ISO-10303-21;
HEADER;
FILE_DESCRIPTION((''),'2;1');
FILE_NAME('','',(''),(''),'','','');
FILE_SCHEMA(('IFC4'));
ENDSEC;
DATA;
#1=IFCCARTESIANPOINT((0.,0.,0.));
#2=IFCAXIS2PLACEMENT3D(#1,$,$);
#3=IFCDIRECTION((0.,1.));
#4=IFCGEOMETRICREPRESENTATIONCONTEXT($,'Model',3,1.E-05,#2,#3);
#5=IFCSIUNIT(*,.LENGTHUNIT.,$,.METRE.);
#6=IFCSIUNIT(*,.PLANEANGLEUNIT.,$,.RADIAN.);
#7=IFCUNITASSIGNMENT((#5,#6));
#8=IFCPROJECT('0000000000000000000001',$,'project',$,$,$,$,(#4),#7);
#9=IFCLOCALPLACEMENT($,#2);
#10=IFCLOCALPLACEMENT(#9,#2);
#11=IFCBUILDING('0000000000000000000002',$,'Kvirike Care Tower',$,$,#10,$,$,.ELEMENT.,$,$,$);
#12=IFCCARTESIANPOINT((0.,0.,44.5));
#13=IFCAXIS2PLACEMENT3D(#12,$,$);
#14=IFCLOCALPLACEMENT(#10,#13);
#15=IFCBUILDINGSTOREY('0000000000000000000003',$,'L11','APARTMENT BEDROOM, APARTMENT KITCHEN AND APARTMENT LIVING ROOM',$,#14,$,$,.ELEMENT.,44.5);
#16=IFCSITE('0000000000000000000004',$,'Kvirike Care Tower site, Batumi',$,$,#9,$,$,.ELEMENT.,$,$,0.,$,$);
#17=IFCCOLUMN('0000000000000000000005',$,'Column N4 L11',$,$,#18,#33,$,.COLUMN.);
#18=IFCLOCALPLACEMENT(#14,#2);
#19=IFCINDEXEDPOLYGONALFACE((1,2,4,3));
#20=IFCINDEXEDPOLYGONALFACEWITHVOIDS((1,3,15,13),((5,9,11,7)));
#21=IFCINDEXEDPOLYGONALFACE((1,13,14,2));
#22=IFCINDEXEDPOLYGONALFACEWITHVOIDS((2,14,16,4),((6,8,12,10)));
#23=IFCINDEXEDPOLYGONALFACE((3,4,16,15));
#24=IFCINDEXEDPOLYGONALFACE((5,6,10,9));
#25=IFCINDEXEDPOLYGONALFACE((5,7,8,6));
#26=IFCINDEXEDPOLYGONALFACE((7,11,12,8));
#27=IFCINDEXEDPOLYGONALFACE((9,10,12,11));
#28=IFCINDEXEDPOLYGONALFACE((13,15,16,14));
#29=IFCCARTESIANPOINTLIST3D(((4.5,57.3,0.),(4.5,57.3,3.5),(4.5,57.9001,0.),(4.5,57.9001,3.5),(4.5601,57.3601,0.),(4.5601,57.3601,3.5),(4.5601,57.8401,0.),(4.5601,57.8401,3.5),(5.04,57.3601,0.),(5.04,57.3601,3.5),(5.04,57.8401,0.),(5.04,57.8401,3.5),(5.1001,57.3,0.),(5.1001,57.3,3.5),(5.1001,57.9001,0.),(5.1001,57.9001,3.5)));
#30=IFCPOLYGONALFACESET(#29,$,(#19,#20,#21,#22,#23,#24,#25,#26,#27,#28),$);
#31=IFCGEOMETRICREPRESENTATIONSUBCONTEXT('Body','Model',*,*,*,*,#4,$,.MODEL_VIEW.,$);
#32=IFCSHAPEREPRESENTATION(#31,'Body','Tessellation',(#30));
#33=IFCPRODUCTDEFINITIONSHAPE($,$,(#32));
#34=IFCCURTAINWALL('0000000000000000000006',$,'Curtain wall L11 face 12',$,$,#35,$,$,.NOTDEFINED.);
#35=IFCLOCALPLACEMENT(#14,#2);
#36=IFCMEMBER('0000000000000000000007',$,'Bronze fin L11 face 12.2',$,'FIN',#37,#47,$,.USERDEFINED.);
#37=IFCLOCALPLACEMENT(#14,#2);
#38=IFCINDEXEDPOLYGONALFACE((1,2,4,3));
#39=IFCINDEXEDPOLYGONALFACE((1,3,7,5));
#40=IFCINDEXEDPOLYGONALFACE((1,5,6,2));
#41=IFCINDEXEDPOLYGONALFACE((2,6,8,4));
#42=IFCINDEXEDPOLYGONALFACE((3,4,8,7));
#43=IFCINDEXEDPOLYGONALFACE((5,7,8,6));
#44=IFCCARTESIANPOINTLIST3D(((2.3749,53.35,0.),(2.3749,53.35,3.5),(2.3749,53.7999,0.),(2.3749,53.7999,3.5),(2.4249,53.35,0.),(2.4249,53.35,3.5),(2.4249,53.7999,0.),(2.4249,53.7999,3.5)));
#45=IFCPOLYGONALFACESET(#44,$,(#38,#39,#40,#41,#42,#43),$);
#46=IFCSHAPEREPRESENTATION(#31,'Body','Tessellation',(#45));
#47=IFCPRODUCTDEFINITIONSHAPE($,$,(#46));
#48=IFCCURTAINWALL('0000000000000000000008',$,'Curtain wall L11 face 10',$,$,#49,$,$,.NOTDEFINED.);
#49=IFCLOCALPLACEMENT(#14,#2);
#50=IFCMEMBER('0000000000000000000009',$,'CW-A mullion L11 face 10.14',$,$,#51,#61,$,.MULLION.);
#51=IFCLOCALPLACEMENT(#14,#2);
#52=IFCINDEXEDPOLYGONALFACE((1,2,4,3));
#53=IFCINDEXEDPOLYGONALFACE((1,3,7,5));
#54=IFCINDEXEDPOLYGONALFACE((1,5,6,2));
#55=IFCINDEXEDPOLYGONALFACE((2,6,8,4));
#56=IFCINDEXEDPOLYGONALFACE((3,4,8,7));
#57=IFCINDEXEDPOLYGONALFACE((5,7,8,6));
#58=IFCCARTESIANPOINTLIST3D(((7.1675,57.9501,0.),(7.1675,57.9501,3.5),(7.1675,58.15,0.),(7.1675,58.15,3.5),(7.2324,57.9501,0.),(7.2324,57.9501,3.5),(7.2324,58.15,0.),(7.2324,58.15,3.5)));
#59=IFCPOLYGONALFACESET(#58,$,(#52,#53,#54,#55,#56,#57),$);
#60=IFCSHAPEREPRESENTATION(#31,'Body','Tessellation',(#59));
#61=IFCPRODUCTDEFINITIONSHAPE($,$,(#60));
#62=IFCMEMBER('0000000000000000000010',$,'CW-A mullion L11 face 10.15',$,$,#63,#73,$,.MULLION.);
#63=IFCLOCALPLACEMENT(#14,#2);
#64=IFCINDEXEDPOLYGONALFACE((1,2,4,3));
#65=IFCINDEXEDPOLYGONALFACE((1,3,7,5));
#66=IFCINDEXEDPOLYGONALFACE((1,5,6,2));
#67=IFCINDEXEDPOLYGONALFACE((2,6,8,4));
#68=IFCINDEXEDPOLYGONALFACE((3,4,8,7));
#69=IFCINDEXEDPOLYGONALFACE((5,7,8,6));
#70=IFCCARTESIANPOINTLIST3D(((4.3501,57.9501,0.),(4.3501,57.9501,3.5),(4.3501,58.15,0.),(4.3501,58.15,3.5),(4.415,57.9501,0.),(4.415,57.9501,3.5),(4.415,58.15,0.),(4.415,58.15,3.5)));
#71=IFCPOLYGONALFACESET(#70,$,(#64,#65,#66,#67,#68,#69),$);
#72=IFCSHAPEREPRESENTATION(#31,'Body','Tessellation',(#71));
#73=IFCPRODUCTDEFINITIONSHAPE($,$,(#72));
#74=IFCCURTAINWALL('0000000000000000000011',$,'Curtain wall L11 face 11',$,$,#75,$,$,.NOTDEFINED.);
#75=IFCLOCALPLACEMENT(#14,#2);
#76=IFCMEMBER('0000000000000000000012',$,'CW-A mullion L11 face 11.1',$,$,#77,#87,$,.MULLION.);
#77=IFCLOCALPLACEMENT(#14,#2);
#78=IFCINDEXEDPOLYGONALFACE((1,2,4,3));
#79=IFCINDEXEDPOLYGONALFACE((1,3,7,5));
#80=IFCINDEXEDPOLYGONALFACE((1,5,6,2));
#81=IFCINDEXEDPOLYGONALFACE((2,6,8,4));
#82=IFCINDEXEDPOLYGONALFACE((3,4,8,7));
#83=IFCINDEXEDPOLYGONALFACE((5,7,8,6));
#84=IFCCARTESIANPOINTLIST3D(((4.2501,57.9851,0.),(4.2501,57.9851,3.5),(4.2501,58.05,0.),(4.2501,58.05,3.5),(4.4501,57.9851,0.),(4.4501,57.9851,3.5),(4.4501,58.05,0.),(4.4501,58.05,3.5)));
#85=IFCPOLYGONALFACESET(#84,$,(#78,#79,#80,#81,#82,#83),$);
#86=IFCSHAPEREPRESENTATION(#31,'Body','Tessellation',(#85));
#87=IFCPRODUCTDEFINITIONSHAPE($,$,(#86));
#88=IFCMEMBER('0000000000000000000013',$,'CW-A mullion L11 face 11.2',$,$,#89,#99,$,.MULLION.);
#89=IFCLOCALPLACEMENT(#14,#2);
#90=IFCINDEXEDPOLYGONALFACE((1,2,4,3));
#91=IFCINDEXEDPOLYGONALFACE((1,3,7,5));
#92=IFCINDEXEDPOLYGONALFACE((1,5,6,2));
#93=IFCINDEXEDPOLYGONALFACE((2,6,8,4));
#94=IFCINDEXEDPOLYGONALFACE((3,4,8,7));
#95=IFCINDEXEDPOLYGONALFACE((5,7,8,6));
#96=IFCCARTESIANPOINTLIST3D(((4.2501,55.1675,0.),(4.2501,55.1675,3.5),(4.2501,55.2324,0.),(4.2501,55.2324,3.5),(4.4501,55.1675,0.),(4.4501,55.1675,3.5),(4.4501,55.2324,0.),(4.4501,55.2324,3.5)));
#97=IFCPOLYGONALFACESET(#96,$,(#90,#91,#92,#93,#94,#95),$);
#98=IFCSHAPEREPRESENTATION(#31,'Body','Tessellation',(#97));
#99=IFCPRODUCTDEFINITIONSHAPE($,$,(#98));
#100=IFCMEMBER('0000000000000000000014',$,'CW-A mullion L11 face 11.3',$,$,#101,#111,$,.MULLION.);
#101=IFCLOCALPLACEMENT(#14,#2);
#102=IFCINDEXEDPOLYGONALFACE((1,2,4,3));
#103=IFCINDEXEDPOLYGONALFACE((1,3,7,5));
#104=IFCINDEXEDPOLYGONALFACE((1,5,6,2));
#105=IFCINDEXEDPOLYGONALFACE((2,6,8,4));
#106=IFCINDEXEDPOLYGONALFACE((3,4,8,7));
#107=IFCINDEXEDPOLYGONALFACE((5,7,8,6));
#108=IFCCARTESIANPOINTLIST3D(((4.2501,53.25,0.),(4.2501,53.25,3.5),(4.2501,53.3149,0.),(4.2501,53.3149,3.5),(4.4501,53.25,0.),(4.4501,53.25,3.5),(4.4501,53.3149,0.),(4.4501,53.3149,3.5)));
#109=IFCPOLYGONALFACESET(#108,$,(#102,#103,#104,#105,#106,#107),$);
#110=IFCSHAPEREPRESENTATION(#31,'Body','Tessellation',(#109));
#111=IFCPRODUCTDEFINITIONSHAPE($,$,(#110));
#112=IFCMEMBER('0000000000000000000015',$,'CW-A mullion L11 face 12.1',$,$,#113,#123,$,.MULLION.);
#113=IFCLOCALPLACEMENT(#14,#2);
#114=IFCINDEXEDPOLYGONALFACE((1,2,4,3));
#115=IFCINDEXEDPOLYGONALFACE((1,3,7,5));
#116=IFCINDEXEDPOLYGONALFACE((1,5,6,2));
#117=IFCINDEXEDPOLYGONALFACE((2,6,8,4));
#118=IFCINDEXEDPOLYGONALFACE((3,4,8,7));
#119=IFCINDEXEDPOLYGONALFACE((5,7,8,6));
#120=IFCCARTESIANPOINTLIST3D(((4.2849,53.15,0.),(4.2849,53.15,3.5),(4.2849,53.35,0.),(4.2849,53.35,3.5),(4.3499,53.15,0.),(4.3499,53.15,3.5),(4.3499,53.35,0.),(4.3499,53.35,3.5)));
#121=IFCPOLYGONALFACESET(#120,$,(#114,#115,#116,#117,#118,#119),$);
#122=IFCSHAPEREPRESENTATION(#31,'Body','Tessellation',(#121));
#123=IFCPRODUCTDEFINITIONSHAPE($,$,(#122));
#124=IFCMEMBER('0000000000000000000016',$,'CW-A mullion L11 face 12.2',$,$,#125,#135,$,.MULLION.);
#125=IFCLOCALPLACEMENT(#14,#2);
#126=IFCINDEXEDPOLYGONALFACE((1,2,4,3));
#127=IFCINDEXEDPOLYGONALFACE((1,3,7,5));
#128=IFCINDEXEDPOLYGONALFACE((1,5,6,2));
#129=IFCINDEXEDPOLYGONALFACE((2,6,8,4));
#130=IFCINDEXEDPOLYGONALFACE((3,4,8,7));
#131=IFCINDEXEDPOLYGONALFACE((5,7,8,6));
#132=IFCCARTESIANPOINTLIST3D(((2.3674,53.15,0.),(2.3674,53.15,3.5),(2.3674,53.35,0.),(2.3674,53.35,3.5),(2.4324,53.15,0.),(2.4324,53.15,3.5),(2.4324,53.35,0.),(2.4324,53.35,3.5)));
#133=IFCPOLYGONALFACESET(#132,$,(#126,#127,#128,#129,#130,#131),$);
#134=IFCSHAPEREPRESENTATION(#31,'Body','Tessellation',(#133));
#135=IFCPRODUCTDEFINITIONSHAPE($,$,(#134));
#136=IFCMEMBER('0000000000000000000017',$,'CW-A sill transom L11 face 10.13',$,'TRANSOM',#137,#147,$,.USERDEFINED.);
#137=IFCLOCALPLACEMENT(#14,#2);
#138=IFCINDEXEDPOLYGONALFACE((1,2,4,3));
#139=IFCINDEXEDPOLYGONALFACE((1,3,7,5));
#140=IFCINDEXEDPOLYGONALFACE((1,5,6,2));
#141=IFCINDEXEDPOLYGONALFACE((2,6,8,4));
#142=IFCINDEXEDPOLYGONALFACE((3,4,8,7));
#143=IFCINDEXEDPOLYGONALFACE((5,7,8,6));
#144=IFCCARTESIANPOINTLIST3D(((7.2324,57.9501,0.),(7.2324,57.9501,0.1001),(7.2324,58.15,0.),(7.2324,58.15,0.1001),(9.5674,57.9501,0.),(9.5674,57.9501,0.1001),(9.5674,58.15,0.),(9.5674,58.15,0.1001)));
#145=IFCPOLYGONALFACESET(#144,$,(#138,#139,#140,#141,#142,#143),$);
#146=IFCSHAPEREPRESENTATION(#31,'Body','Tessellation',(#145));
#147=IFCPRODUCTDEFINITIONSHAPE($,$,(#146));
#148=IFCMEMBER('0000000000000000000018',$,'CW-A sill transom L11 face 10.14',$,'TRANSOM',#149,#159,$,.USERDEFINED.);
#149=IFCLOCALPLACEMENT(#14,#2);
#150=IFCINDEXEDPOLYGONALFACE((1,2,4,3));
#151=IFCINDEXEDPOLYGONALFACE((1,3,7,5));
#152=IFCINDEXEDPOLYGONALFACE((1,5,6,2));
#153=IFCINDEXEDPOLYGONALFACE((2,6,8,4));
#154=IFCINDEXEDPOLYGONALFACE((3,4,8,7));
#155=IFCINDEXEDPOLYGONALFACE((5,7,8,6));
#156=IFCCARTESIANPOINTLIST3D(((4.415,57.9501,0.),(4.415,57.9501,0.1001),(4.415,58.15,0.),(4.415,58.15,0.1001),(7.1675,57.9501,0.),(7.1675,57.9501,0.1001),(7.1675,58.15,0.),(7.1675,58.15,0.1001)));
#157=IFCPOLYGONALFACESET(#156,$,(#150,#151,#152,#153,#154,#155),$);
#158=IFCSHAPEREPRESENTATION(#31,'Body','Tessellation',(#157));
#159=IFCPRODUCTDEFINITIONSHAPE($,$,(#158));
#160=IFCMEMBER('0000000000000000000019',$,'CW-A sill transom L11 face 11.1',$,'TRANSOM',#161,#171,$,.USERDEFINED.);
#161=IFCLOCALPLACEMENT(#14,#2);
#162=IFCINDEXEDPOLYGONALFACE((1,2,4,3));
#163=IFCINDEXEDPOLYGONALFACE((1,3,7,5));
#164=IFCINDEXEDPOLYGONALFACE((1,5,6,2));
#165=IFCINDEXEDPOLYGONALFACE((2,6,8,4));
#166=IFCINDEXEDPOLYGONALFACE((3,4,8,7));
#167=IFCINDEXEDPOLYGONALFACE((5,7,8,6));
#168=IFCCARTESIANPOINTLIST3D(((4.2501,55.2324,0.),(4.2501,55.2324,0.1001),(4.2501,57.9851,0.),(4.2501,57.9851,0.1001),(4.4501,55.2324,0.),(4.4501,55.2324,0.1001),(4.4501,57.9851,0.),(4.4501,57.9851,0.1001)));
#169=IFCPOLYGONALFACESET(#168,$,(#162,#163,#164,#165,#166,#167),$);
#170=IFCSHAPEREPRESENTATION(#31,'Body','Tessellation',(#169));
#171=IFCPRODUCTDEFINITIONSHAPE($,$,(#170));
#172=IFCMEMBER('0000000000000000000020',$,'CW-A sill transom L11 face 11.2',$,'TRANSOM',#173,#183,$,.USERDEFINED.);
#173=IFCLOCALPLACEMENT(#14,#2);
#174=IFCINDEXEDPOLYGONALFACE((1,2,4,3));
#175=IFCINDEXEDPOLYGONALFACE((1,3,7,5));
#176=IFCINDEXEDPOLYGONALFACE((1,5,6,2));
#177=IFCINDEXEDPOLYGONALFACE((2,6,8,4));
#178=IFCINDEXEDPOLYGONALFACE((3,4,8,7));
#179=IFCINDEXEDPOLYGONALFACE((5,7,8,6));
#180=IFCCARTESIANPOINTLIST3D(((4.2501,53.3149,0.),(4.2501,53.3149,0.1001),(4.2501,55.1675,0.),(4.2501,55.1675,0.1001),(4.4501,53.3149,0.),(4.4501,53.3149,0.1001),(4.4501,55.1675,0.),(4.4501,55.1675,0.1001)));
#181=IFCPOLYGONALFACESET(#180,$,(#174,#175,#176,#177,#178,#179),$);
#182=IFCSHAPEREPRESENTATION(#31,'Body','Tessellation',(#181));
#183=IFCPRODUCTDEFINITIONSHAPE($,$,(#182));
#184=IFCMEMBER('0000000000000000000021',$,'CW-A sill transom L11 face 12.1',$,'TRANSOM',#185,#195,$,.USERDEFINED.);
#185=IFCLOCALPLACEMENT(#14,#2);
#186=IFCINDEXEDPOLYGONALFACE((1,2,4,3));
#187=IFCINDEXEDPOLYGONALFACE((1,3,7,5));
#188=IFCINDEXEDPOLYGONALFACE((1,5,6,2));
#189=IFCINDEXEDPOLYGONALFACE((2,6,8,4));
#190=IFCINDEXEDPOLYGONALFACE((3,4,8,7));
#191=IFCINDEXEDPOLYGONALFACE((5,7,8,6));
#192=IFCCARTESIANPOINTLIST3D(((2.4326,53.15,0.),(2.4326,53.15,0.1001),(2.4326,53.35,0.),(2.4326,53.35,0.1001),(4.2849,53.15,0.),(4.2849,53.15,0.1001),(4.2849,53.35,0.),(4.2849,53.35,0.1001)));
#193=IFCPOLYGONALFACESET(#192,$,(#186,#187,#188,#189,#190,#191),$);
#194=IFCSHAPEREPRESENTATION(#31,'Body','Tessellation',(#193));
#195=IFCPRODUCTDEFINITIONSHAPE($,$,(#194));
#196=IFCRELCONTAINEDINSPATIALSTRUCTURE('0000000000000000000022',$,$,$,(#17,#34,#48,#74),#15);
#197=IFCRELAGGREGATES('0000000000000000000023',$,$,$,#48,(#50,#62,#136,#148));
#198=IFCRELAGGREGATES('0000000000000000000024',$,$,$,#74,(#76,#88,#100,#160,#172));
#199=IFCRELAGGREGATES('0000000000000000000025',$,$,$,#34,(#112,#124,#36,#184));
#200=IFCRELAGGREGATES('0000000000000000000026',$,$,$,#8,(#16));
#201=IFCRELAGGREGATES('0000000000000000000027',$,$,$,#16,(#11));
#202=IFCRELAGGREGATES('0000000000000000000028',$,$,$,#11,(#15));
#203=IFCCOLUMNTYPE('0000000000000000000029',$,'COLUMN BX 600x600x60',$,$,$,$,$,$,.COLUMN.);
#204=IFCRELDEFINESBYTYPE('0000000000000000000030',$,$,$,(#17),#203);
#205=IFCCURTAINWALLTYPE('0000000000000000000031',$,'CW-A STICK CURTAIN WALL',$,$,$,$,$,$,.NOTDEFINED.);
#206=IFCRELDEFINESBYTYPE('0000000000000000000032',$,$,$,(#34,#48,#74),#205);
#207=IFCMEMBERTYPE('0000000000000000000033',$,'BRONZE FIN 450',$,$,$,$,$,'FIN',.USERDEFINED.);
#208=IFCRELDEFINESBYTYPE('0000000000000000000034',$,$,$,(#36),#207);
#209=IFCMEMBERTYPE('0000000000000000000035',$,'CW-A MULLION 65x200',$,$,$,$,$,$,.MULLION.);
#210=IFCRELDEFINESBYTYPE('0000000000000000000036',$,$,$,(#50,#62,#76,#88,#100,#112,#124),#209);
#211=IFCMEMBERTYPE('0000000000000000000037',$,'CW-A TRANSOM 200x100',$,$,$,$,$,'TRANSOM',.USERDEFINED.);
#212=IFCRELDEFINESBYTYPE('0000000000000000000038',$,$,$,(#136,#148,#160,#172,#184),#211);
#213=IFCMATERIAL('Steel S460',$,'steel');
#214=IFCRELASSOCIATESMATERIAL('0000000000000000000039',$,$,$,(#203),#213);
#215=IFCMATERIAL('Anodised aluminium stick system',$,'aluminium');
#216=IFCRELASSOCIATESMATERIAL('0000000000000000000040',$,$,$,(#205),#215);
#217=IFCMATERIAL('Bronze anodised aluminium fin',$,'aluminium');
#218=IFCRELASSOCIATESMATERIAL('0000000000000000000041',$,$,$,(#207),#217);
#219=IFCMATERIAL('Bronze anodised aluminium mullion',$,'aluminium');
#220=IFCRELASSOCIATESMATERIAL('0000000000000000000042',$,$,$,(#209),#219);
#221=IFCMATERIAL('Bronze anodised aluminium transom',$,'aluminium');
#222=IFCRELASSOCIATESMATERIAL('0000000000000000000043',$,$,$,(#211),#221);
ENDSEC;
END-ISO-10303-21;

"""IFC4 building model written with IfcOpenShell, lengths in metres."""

from ifc_helpers import new_model, si_unit, direction, frame, origin, origin_2d, place, context, subcontext, project, spatial, rectangle, hollow_rectangle, extrude, material, material_profile, profile_set, type_object, element, aggregate, save


model = new_model("IFC4")

# Units and contexts
model_context = context("Model", 3, precision=1e-05, world=origin(), true_north=direction((0.0, 1.0)))
body_context = subcontext(model_context, "Body", "Model", "MODEL_VIEW")
ifc_project = project(units=[si_unit("LENGTHUNIT", "METRE"), si_unit("PLANEANGLEUNIT", "RADIAN")], contexts=[model_context])

# Site, building, storey
site_placement = place(None, origin())
site = spatial("IfcSite", under=ifc_project, at=site_placement, Name="Kvirike Care Tower site, Batumi", CompositionType="ELEMENT", RefElevation=0.0)
building_placement = place(site_placement, origin())
building = spatial("IfcBuilding", under=site, at=building_placement, Name="Kvirike Care Tower", CompositionType="ELEMENT")
storey_placement = place(building_placement, frame((0.0, 0.0, 44.5)))
storey = spatial("IfcBuildingStorey", under=building, at=storey_placement, Name="L11", Description="APARTMENT BEDROOM, APARTMENT KITCHEN AND APARTMENT LIVING ROOM", CompositionType="ELEMENT", Elevation=44.5)

# Column
ifc_material_1 = material(Name="Steel S460", Category="steel")
ifc_material_profile_1 = material_profile(ifc_material_1, hollow_rectangle(XDim=0.6001, YDim=0.6001, WallThickness=0.0601, at=origin_2d()), Name="BX 600x600x60")
ifc_profile_set_1 = profile_set([ifc_material_profile_1], Name="Steel S460")
column_type = type_object("IfcColumnType", Name="COLUMN BX 600x600x60", PredefinedType="COLUMN", material=ifc_profile_set_1)
column_placement = place(storey_placement, frame((4.8, 57.6001, 0.0), z_axis=(0.0, 0.0, 1.0), x_axis=(0.0, 1.0, 0.0)))
element("IfcColumn", 1, at=column_placement, inside=storey, type_object=column_type, Name="Column N4 L11", PredefinedType="COLUMN", context=body_context, shape_type="SweptSolid", body=[
    extrude(hollow_rectangle(XDim=0.6001, YDim=0.6001, WallThickness=0.0601, at=origin_2d()), origin(), (0.0, 0.0, 1.0), 3.5),
])

# Curtain wall, member
ifc_material_2 = material(Name="Anodised aluminium stick system", Category="aluminium")
curtain_wall_type = type_object("IfcCurtainWallType", Name="CW-A STICK CURTAIN WALL", PredefinedType="NOTDEFINED", material=ifc_material_2)
curtain_wall_1_placement = place(storey_placement, origin())
curtain_wall_1 = element("IfcCurtainWall", 2, at=curtain_wall_1_placement, inside=storey, type_object=curtain_wall_type, Name="Curtain wall L11 face 12", PredefinedType="NOTDEFINED")
ifc_material_3 = material(Name="Bronze anodised aluminium fin", Category="aluminium")
ifc_material_profile_2 = material_profile(ifc_material_3, rectangle(XDim=0.05, YDim=0.45, at=origin_2d()), Name="BRONZE FIN 450")
ifc_profile_set_2 = profile_set([ifc_material_profile_2], Name="Bronze anodised aluminium fin")
member_type_1 = type_object("IfcMemberType", Name="BRONZE FIN 450", ElementType="FIN", PredefinedType="USERDEFINED", material=ifc_profile_set_2)
member_1_placement = place(storey_placement, frame((2.3999, 53.575, 0.0), z_axis=(0.0, 0.0, 1.0), x_axis=(-1.0, 0.0, 0.0)))
member_1 = element("IfcMember", 3, at=member_1_placement, type_object=member_type_1, Name="Bronze fin L11 face 12.2", ObjectType="FIN", PredefinedType="USERDEFINED", context=body_context, shape_type="SweptSolid", body=[
    extrude(rectangle(XDim=0.05, YDim=0.45, at=origin_2d()), origin(), (0.0, 0.0, 1.0), 3.5),
])

# Curtain walls, members
curtain_wall_2_placement = place(storey_placement, origin())
curtain_wall_2 = element("IfcCurtainWall", 4, at=curtain_wall_2_placement, inside=storey, type_object=curtain_wall_type, Name="Curtain wall L11 face 10", PredefinedType="NOTDEFINED")
ifc_material_4 = material(Name="Bronze anodised aluminium mullion", Category="aluminium")
ifc_material_profile_3 = material_profile(ifc_material_4, rectangle(XDim=0.0649, YDim=0.2, at=origin_2d()), Name="CW-A MULLION 65x200")
ifc_profile_set_3 = profile_set([ifc_material_profile_3], Name="Bronze anodised aluminium mullion")
member_type_2 = type_object("IfcMemberType", Name="CW-A MULLION 65x200", PredefinedType="MULLION", material=ifc_profile_set_3)
member_2_placement = place(storey_placement, frame((7.2, 58.05, 0.0), z_axis=(0.0, 0.0, 1.0), x_axis=(-1.0, 0.0, 0.0)))
member_2 = element("IfcMember", 5, at=member_2_placement, type_object=member_type_2, Name="CW-A mullion L11 face 10.14", PredefinedType="MULLION", context=body_context, shape_type="SweptSolid", body=[
    extrude(rectangle(XDim=0.0649, YDim=0.2, at=origin_2d()), origin(), (0.0, 0.0, 1.0), 3.5),
])
member_3_placement = place(storey_placement, frame((4.3826, 58.05, 0.0), z_axis=(0.0, 0.0, 1.0), x_axis=(-1.0, 0.0, 0.0)))
member_3 = element("IfcMember", 6, at=member_3_placement, type_object=member_type_2, Name="CW-A mullion L11 face 10.15", PredefinedType="MULLION", context=body_context, shape_type="SweptSolid", body=[
    extrude(rectangle(XDim=0.0649, YDim=0.2, at=origin_2d()), origin(), (0.0, 0.0, 1.0), 3.5),
])
curtain_wall_3_placement = place(storey_placement, origin())
curtain_wall_3 = element("IfcCurtainWall", 7, at=curtain_wall_3_placement, inside=storey, type_object=curtain_wall_type, Name="Curtain wall L11 face 11", PredefinedType="NOTDEFINED")
member_4_placement = place(storey_placement, frame((4.3501, 58.0176, 0.0), z_axis=(0.0, 0.0, 1.0), x_axis=(0.0, -1.0, 0.0)))
member_4 = element("IfcMember", 8, at=member_4_placement, type_object=member_type_2, Name="CW-A mullion L11 face 11.1", PredefinedType="MULLION", context=body_context, shape_type="SweptSolid", body=[
    extrude(rectangle(XDim=0.0649, YDim=0.2, at=origin_2d()), origin(), (0.0, 0.0, 1.0), 3.5),
])
member_5_placement = place(storey_placement, frame((4.3501, 55.2, 0.0), z_axis=(0.0, 0.0, 1.0), x_axis=(0.0, -1.0, 0.0)))
member_5 = element("IfcMember", 9, at=member_5_placement, type_object=member_type_2, Name="CW-A mullion L11 face 11.2", PredefinedType="MULLION", context=body_context, shape_type="SweptSolid", body=[
    extrude(rectangle(XDim=0.0649, YDim=0.2, at=origin_2d()), origin(), (0.0, 0.0, 1.0), 3.5),
])
member_6_placement = place(storey_placement, frame((4.3501, 53.2825, 0.0), z_axis=(0.0, 0.0, 1.0), x_axis=(0.0, -1.0, 0.0)))
member_6 = element("IfcMember", 10, at=member_6_placement, type_object=member_type_2, Name="CW-A mullion L11 face 11.3", PredefinedType="MULLION", context=body_context, shape_type="SweptSolid", body=[
    extrude(rectangle(XDim=0.0649, YDim=0.2, at=origin_2d()), origin(), (0.0, 0.0, 1.0), 3.5),
])

# Members
member_7_placement = place(storey_placement, frame((4.3174, 53.25, 0.0), z_axis=(0.0, 0.0, 1.0), x_axis=(-1.0, 0.0, 0.0)))
member_7 = element("IfcMember", 11, at=member_7_placement, type_object=member_type_2, Name="CW-A mullion L11 face 12.1", PredefinedType="MULLION", context=body_context, shape_type="SweptSolid", body=[
    extrude(rectangle(XDim=0.0649, YDim=0.2, at=origin_2d()), origin(), (0.0, 0.0, 1.0), 3.5),
])
member_8_placement = place(storey_placement, frame((2.3999, 53.25, 0.0), z_axis=(0.0, 0.0, 1.0), x_axis=(-1.0, 0.0, 0.0)))
member_8 = element("IfcMember", 12, at=member_8_placement, type_object=member_type_2, Name="CW-A mullion L11 face 12.2", PredefinedType="MULLION", context=body_context, shape_type="SweptSolid", body=[
    extrude(rectangle(XDim=0.0649, YDim=0.2, at=origin_2d()), origin(), (0.0, 0.0, 1.0), 3.5),
])
ifc_material_5 = material(Name="Bronze anodised aluminium transom", Category="aluminium")
ifc_material_profile_4 = material_profile(ifc_material_5, rectangle(XDim=0.2, YDim=0.1001, at=origin_2d()), Name="CW-A TRANSOM 200x100")
ifc_profile_set_4 = profile_set([ifc_material_profile_4], Name="Bronze anodised aluminium transom")
member_type_3 = type_object("IfcMemberType", Name="CW-A TRANSOM 200x100", ElementType="TRANSOM", PredefinedType="USERDEFINED", material=ifc_profile_set_4)
member_9_placement = place(storey_placement, frame((9.5674, 58.05, 0.05), z_axis=(-1.0, 0.0, 0.0), x_axis=(0.0, -1.0, 0.0)))
member_9 = element("IfcMember", 13, at=member_9_placement, type_object=member_type_3, Name="CW-A sill transom L11 face 10.13", ObjectType="TRANSOM", PredefinedType="USERDEFINED", context=body_context, shape_type="SweptSolid", body=[
    extrude(rectangle(XDim=0.2, YDim=0.1001, at=origin_2d()), origin(), (0.0, 0.0, 1.0), 2.335),
])
member_10_placement = place(storey_placement, frame((7.1675, 58.05, 0.05), z_axis=(-1.0, 0.0, 0.0), x_axis=(0.0, -1.0, 0.0)))
member_10 = element("IfcMember", 14, at=member_10_placement, type_object=member_type_3, Name="CW-A sill transom L11 face 10.14", ObjectType="TRANSOM", PredefinedType="USERDEFINED", context=body_context, shape_type="SweptSolid", body=[
    extrude(rectangle(XDim=0.2, YDim=0.1001, at=origin_2d()), origin(), (0.0, 0.0, 1.0), 2.7524),
])
member_11_placement = place(storey_placement, frame((4.3501, 57.9851, 0.05), z_axis=(0.0, -1.0, 0.0), x_axis=(1.0, 0.0, 0.0)))
member_11 = element("IfcMember", 15, at=member_11_placement, type_object=member_type_3, Name="CW-A sill transom L11 face 11.1", ObjectType="TRANSOM", PredefinedType="USERDEFINED", context=body_context, shape_type="SweptSolid", body=[
    extrude(rectangle(XDim=0.2, YDim=0.1001, at=origin_2d()), origin(), (0.0, 0.0, 1.0), 2.7527),
])
member_12_placement = place(storey_placement, frame((4.3501, 55.1675, 0.05), z_axis=(0.0, -1.0, 0.0), x_axis=(1.0, 0.0, 0.0)))
member_12 = element("IfcMember", 16, at=member_12_placement, type_object=member_type_3, Name="CW-A sill transom L11 face 11.2", ObjectType="TRANSOM", PredefinedType="USERDEFINED", context=body_context, shape_type="SweptSolid", body=[
    extrude(rectangle(XDim=0.2, YDim=0.1001, at=origin_2d()), origin(), (0.0, 0.0, 1.0), 1.8525),
])
member_13_placement = place(storey_placement, frame((4.2849, 53.25, 0.05), z_axis=(-1.0, 0.0, 0.0), x_axis=(0.0, -1.0, 0.0)))
member_13 = element("IfcMember", 17, at=member_13_placement, type_object=member_type_3, Name="CW-A sill transom L11 face 12.1", ObjectType="TRANSOM", PredefinedType="USERDEFINED", context=body_context, shape_type="SweptSolid", body=[
    extrude(rectangle(XDim=0.2, YDim=0.1001, at=origin_2d()), origin(), (0.0, 0.0, 1.0), 1.8523),
])

aggregate(curtain_wall_2, [member_2, member_3, member_9, member_10])
aggregate(curtain_wall_3, [member_4, member_5, member_6, member_11, member_12])
aggregate(curtain_wall_1, [member_7, member_8, member_1, member_13])

save(model, "model.ifc")
